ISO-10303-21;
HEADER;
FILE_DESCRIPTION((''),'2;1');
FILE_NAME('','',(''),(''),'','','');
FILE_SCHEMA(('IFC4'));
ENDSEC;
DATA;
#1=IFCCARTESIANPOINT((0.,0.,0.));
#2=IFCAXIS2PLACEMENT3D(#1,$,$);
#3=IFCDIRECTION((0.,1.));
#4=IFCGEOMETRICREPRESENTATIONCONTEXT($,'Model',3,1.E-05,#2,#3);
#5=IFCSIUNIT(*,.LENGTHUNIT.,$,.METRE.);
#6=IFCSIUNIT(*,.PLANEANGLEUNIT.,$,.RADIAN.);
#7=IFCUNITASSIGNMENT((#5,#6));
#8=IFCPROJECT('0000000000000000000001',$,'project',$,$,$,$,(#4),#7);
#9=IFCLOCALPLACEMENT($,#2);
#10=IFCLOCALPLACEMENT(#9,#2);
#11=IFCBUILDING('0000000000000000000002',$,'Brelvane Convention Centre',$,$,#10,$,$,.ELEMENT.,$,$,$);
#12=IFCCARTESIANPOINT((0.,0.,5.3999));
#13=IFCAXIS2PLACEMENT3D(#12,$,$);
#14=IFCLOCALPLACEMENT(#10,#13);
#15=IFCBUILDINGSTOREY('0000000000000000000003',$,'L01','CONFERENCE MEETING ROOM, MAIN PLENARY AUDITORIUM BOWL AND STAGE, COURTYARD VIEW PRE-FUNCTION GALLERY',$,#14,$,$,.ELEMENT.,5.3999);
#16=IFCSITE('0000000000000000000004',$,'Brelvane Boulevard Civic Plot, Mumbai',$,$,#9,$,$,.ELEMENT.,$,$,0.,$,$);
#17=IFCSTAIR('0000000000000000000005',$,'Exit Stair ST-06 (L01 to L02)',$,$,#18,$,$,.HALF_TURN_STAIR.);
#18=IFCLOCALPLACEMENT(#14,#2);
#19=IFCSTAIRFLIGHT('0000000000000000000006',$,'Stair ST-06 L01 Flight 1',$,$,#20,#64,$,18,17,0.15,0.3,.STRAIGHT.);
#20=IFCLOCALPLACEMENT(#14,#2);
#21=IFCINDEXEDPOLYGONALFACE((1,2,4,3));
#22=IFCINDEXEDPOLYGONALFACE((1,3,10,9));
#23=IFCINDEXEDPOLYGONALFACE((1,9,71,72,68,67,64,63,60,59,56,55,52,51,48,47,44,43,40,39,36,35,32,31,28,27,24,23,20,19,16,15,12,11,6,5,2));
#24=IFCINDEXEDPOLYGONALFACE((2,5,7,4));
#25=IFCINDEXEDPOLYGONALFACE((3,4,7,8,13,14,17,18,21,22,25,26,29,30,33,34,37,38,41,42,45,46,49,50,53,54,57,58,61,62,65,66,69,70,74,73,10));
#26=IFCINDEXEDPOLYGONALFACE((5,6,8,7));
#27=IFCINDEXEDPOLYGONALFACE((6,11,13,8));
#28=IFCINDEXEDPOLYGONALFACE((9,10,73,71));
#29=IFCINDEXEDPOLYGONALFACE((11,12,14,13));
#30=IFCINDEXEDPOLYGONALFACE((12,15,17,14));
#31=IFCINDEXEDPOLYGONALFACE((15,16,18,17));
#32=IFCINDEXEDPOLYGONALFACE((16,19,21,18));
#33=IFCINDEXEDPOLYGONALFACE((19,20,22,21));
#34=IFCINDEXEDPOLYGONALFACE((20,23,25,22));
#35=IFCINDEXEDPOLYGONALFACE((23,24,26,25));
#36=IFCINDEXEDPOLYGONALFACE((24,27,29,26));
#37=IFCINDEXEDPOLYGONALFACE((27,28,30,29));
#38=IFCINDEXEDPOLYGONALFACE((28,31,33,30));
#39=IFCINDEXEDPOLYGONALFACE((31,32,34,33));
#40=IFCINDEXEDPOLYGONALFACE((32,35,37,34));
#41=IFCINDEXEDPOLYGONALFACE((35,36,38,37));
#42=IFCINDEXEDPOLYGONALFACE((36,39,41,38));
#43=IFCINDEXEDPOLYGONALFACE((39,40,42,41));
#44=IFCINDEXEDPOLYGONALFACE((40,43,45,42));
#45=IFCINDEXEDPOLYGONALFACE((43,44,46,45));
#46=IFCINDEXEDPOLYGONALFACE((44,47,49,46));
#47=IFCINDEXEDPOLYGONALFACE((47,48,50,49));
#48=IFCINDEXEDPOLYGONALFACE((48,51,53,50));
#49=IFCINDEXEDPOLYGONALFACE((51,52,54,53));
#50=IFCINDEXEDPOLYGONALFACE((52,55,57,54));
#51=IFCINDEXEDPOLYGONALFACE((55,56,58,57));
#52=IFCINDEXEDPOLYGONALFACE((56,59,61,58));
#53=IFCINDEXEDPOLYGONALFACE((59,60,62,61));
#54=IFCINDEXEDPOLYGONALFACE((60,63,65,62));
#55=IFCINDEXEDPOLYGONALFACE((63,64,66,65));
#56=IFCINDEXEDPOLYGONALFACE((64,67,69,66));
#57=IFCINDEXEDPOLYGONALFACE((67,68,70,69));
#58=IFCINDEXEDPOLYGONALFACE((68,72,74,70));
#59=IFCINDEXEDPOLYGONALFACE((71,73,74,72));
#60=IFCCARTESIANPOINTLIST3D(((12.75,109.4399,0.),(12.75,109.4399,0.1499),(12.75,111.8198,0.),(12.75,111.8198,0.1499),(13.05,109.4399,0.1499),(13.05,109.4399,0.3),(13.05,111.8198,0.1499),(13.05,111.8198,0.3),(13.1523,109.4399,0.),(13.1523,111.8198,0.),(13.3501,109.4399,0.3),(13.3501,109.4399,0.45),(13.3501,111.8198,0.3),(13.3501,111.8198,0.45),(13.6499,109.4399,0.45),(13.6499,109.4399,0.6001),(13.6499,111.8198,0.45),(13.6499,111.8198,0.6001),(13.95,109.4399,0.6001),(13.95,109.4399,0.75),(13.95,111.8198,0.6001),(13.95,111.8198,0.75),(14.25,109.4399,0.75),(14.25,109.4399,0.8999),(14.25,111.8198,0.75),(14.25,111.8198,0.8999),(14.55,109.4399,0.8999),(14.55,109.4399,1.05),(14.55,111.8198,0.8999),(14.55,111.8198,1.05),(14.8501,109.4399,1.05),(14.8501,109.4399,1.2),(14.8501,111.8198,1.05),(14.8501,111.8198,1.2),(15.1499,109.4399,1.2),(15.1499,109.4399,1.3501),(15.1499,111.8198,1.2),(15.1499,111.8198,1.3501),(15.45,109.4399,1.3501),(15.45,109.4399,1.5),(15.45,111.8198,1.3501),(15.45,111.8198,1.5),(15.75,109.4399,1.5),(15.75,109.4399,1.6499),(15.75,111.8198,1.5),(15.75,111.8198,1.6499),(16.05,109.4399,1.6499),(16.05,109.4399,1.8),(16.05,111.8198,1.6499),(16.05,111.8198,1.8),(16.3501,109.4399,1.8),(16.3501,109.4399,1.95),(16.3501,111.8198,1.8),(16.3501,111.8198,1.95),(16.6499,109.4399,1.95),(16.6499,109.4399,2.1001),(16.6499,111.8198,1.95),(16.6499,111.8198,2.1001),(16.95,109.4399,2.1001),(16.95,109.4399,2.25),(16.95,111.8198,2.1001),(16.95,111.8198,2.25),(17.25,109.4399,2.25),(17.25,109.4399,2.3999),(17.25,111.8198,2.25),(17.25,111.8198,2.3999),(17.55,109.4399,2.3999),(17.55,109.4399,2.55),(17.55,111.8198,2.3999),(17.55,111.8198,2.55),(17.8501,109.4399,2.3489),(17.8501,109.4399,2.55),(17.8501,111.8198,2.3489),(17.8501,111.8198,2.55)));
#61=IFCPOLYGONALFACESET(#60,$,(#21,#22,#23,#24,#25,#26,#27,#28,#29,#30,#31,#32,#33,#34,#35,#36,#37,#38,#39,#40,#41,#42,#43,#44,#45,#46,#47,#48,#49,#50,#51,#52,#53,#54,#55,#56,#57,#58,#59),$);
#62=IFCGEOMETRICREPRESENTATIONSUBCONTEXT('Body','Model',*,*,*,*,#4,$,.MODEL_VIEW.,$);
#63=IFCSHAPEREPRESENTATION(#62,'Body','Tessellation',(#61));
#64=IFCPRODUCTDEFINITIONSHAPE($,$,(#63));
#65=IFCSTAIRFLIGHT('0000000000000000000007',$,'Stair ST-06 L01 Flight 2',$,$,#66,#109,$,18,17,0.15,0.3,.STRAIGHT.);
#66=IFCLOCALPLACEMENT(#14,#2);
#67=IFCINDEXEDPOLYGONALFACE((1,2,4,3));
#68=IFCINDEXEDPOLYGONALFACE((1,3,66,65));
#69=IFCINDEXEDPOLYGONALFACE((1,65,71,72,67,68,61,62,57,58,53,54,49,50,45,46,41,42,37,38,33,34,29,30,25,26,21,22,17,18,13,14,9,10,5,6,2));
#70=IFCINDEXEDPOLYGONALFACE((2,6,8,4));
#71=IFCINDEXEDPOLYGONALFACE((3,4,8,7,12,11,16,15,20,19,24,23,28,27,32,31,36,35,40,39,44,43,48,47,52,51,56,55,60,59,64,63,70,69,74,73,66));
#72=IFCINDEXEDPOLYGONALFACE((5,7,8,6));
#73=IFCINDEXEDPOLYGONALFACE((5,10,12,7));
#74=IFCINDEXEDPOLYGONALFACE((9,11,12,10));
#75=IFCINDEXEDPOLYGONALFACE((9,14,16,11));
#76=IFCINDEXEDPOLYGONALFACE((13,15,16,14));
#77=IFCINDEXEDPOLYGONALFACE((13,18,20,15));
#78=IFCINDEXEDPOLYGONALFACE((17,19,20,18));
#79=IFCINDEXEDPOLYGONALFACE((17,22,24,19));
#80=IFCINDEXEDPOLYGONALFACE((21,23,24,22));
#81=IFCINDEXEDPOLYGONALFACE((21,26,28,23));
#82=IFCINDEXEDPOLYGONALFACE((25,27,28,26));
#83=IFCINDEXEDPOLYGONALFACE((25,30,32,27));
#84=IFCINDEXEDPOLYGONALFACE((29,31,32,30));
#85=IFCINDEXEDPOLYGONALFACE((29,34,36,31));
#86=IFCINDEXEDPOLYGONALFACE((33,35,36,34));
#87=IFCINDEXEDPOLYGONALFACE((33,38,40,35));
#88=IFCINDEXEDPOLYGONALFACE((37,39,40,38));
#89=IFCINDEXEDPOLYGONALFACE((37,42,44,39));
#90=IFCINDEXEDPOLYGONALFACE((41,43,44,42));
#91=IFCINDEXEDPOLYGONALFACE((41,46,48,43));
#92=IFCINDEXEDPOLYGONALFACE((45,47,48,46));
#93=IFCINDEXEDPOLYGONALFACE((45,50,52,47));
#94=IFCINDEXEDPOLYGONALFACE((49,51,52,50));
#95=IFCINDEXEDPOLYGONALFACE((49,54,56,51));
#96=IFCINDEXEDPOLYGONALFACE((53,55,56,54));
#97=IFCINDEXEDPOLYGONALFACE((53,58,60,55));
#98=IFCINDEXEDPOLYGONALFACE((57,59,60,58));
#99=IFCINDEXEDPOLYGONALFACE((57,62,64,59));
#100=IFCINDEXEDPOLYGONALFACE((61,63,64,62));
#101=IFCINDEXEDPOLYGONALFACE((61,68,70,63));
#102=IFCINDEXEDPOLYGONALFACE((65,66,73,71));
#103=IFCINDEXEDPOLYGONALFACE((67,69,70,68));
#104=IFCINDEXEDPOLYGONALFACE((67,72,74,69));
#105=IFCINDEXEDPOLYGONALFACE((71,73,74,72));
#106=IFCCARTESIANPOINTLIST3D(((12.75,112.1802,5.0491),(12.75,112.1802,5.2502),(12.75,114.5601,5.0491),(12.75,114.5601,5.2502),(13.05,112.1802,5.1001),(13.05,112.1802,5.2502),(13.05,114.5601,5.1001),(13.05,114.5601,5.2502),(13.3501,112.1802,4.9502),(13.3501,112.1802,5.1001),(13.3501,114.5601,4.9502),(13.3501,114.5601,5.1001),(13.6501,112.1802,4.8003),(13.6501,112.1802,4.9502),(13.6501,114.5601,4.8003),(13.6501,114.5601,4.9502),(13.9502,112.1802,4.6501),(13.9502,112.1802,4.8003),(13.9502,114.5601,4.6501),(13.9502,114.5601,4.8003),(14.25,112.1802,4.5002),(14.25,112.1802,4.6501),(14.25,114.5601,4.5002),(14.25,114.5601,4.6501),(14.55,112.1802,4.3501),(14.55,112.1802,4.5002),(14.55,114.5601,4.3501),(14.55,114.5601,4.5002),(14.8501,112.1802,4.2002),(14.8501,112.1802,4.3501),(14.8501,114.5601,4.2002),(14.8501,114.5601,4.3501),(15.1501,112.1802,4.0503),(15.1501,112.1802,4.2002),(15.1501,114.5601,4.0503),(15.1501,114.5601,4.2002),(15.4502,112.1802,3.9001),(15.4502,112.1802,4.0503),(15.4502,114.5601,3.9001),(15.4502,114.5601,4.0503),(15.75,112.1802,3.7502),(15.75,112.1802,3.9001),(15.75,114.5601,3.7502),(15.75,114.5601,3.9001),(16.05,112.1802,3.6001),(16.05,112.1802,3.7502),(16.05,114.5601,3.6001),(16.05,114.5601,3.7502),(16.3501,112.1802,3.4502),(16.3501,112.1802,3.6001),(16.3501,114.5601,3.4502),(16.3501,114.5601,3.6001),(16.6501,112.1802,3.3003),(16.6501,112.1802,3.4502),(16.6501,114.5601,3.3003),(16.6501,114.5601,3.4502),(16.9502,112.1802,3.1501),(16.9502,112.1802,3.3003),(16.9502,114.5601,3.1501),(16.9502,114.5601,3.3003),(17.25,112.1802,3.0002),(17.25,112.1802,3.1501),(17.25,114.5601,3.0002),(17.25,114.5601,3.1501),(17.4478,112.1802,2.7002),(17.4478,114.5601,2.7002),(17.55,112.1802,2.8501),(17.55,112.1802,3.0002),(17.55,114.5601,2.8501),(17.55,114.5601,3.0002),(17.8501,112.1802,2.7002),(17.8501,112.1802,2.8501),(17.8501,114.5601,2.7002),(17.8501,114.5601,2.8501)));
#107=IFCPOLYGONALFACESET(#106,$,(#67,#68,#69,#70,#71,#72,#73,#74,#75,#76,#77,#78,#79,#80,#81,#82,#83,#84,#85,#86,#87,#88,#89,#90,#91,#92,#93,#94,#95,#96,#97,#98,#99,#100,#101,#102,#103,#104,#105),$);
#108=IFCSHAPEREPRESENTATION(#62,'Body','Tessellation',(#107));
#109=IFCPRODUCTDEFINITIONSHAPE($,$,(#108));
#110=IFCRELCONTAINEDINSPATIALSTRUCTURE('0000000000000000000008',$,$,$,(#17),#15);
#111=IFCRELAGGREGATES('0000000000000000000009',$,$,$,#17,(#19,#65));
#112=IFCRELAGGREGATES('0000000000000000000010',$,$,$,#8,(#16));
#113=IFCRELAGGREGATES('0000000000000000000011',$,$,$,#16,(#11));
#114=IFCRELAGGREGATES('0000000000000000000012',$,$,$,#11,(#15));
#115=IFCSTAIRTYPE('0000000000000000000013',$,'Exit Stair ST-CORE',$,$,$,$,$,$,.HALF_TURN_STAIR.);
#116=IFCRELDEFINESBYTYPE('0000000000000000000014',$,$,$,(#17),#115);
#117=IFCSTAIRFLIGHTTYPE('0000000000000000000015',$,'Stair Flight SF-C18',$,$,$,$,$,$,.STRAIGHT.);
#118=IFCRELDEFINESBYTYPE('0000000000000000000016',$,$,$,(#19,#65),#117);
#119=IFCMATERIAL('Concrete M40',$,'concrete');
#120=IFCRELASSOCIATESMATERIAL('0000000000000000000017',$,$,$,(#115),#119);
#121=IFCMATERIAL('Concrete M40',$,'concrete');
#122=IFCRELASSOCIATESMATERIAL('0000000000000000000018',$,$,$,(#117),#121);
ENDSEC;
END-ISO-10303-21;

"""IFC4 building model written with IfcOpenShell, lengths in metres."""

from ifc_helpers import new_model, si_unit, direction, frame, origin, place, context, subcontext, project, spatial, polyline, outline, extrude, material, type_object, element, aggregate, save


model = new_model("IFC4")

# Units and contexts
model_context = context("Model", 3, precision=1e-05, world=origin(), true_north=direction((0.0, 1.0)))
body_context = subcontext(model_context, "Body", "Model", "MODEL_VIEW")
ifc_project = project(units=[si_unit("LENGTHUNIT", "METRE"), si_unit("PLANEANGLEUNIT", "RADIAN")], contexts=[model_context])

# Site, building, storey
site_placement = place(None, origin())
site = spatial("IfcSite", under=ifc_project, at=site_placement, Name="Brelvane Boulevard Civic Plot, Mumbai", CompositionType="ELEMENT", RefElevation=0.0)
building_placement = place(site_placement, origin())
building = spatial("IfcBuilding", under=site, at=building_placement, Name="Brelvane Convention Centre", CompositionType="ELEMENT")
storey_placement = place(building_placement, frame((0.0, 0.0, 5.3999)))
storey = spatial("IfcBuildingStorey", under=building, at=storey_placement, Name="L01", Description="CONFERENCE MEETING ROOM, MAIN PLENARY AUDITORIUM BOWL AND STAGE, COURTYARD VIEW PRE-FUNCTION GALLERY", CompositionType="ELEMENT", Elevation=5.3999)

# Stair, stair flights
ifc_material_1 = material(Name="Concrete M40", Category="concrete")
stair_type = type_object("IfcStairType", Name="Exit Stair ST-CORE", PredefinedType="HALF_TURN_STAIR", material=ifc_material_1)
stair_placement = place(storey_placement, origin())
stair = element("IfcStair", 1, at=stair_placement, inside=storey, type_object=stair_type, Name="Exit Stair ST-06 (L01 to L02)", PredefinedType="HALF_TURN_STAIR")
ifc_material_2 = material(Name="Concrete M40", Category="concrete")
stair_flight_type = type_object("IfcStairFlightType", Name="Stair Flight SF-C18", PredefinedType="STRAIGHT", material=ifc_material_2)
stair_flight_1_placement = place(storey_placement, frame((12.75, 110.6299, 0.0), z_axis=(0.0, 0.0, 1.0), x_axis=(1.0, 0.0, 0.0)))
stair_flight_1 = element("IfcStairFlight", 2, at=stair_flight_1_placement, type_object=stair_flight_type, Name="Stair ST-06 L01 Flight 1", NumberOfRisers=18, NumberOfTreads=17, PredefinedType="STRAIGHT", RiserHeight=0.15, TreadLength=0.3, context=body_context, shape_type="SweptSolid", body=[
    extrude(outline(polyline([(0.0, 0.0), (0.0, 0.1499), (0.3, 0.1499), (0.3, 0.3), (0.6001, 0.3), (0.6001, 0.45), (0.8999, 0.45), (0.8999, 0.6001), (1.2, 0.6001), (1.2, 0.75), (1.5, 0.75), (1.5, 0.8999), (1.8, 0.8999), (1.8, 1.05), (2.1001, 1.05), (2.1001, 1.2), (2.3999, 1.2), (2.3999, 1.3501), (2.7, 1.3501), (2.7, 1.5), (3.0, 1.5), (3.0, 1.6499), (3.3, 1.6499), (3.3, 1.8), (3.6001, 1.8), (3.6001, 1.95), (3.8999, 1.95), (3.8999, 2.1001), (4.2, 2.1001), (4.2, 2.25), (4.5, 2.25), (4.5, 2.3999), (4.8, 2.3999), (4.8, 2.55), (5.1001, 2.55), (5.1001, 2.7), (5.1001, 2.3489), (0.4023, 0.0), (0.0, 0.0)])), frame((0.0, 1.1899, 0.0), z_axis=(0.0, -1.0, 0.0), x_axis=(1.0, 0.0, 0.0)), (0.0, 0.0, 1.0), 2.3799),
])
stair_flight_2_placement = place(storey_placement, frame((17.8501, 113.3701, 2.7002), z_axis=(0.0, 0.0, 1.0), x_axis=(-1.0, 0.0, 0.0)))
stair_flight_2 = element("IfcStairFlight", 3, at=stair_flight_2_placement, type_object=stair_flight_type, Name="Stair ST-06 L01 Flight 2", NumberOfRisers=18, NumberOfTreads=17, PredefinedType="STRAIGHT", RiserHeight=0.15, TreadLength=0.3, context=body_context, shape_type="SweptSolid", body=[
    extrude(outline(polyline([(0.0, 0.0), (0.0, 0.1499), (0.3, 0.1499), (0.3, 0.3), (0.6001, 0.3), (0.6001, 0.45), (0.8999, 0.45), (0.8999, 0.6001), (1.2, 0.6001), (1.2, 0.75), (1.5, 0.75), (1.5, 0.8999), (1.8, 0.8999), (1.8, 1.05), (2.1001, 1.05), (2.1001, 1.2), (2.3999, 1.2), (2.3999, 1.3501), (2.7, 1.3501), (2.7, 1.5), (3.0, 1.5), (3.0, 1.6499), (3.3, 1.6499), (3.3, 1.8), (3.6001, 1.8), (3.6001, 1.95), (3.8999, 1.95), (3.8999, 2.1001), (4.2, 2.1001), (4.2, 2.25), (4.5, 2.25), (4.5, 2.3999), (4.8, 2.3999), (4.8, 2.55), (5.1001, 2.55), (5.1001, 2.7), (5.1001, 2.3489), (0.4023, 0.0), (0.0, 0.0)])), frame((0.0, 1.1899, 0.0), z_axis=(0.0, -1.0, 0.0), x_axis=(1.0, 0.0, 0.0)), (0.0, 0.0, 1.0), 2.3799),
])
aggregate(stair, [stair_flight_1, stair_flight_2])

save(model, "model.ifc")
